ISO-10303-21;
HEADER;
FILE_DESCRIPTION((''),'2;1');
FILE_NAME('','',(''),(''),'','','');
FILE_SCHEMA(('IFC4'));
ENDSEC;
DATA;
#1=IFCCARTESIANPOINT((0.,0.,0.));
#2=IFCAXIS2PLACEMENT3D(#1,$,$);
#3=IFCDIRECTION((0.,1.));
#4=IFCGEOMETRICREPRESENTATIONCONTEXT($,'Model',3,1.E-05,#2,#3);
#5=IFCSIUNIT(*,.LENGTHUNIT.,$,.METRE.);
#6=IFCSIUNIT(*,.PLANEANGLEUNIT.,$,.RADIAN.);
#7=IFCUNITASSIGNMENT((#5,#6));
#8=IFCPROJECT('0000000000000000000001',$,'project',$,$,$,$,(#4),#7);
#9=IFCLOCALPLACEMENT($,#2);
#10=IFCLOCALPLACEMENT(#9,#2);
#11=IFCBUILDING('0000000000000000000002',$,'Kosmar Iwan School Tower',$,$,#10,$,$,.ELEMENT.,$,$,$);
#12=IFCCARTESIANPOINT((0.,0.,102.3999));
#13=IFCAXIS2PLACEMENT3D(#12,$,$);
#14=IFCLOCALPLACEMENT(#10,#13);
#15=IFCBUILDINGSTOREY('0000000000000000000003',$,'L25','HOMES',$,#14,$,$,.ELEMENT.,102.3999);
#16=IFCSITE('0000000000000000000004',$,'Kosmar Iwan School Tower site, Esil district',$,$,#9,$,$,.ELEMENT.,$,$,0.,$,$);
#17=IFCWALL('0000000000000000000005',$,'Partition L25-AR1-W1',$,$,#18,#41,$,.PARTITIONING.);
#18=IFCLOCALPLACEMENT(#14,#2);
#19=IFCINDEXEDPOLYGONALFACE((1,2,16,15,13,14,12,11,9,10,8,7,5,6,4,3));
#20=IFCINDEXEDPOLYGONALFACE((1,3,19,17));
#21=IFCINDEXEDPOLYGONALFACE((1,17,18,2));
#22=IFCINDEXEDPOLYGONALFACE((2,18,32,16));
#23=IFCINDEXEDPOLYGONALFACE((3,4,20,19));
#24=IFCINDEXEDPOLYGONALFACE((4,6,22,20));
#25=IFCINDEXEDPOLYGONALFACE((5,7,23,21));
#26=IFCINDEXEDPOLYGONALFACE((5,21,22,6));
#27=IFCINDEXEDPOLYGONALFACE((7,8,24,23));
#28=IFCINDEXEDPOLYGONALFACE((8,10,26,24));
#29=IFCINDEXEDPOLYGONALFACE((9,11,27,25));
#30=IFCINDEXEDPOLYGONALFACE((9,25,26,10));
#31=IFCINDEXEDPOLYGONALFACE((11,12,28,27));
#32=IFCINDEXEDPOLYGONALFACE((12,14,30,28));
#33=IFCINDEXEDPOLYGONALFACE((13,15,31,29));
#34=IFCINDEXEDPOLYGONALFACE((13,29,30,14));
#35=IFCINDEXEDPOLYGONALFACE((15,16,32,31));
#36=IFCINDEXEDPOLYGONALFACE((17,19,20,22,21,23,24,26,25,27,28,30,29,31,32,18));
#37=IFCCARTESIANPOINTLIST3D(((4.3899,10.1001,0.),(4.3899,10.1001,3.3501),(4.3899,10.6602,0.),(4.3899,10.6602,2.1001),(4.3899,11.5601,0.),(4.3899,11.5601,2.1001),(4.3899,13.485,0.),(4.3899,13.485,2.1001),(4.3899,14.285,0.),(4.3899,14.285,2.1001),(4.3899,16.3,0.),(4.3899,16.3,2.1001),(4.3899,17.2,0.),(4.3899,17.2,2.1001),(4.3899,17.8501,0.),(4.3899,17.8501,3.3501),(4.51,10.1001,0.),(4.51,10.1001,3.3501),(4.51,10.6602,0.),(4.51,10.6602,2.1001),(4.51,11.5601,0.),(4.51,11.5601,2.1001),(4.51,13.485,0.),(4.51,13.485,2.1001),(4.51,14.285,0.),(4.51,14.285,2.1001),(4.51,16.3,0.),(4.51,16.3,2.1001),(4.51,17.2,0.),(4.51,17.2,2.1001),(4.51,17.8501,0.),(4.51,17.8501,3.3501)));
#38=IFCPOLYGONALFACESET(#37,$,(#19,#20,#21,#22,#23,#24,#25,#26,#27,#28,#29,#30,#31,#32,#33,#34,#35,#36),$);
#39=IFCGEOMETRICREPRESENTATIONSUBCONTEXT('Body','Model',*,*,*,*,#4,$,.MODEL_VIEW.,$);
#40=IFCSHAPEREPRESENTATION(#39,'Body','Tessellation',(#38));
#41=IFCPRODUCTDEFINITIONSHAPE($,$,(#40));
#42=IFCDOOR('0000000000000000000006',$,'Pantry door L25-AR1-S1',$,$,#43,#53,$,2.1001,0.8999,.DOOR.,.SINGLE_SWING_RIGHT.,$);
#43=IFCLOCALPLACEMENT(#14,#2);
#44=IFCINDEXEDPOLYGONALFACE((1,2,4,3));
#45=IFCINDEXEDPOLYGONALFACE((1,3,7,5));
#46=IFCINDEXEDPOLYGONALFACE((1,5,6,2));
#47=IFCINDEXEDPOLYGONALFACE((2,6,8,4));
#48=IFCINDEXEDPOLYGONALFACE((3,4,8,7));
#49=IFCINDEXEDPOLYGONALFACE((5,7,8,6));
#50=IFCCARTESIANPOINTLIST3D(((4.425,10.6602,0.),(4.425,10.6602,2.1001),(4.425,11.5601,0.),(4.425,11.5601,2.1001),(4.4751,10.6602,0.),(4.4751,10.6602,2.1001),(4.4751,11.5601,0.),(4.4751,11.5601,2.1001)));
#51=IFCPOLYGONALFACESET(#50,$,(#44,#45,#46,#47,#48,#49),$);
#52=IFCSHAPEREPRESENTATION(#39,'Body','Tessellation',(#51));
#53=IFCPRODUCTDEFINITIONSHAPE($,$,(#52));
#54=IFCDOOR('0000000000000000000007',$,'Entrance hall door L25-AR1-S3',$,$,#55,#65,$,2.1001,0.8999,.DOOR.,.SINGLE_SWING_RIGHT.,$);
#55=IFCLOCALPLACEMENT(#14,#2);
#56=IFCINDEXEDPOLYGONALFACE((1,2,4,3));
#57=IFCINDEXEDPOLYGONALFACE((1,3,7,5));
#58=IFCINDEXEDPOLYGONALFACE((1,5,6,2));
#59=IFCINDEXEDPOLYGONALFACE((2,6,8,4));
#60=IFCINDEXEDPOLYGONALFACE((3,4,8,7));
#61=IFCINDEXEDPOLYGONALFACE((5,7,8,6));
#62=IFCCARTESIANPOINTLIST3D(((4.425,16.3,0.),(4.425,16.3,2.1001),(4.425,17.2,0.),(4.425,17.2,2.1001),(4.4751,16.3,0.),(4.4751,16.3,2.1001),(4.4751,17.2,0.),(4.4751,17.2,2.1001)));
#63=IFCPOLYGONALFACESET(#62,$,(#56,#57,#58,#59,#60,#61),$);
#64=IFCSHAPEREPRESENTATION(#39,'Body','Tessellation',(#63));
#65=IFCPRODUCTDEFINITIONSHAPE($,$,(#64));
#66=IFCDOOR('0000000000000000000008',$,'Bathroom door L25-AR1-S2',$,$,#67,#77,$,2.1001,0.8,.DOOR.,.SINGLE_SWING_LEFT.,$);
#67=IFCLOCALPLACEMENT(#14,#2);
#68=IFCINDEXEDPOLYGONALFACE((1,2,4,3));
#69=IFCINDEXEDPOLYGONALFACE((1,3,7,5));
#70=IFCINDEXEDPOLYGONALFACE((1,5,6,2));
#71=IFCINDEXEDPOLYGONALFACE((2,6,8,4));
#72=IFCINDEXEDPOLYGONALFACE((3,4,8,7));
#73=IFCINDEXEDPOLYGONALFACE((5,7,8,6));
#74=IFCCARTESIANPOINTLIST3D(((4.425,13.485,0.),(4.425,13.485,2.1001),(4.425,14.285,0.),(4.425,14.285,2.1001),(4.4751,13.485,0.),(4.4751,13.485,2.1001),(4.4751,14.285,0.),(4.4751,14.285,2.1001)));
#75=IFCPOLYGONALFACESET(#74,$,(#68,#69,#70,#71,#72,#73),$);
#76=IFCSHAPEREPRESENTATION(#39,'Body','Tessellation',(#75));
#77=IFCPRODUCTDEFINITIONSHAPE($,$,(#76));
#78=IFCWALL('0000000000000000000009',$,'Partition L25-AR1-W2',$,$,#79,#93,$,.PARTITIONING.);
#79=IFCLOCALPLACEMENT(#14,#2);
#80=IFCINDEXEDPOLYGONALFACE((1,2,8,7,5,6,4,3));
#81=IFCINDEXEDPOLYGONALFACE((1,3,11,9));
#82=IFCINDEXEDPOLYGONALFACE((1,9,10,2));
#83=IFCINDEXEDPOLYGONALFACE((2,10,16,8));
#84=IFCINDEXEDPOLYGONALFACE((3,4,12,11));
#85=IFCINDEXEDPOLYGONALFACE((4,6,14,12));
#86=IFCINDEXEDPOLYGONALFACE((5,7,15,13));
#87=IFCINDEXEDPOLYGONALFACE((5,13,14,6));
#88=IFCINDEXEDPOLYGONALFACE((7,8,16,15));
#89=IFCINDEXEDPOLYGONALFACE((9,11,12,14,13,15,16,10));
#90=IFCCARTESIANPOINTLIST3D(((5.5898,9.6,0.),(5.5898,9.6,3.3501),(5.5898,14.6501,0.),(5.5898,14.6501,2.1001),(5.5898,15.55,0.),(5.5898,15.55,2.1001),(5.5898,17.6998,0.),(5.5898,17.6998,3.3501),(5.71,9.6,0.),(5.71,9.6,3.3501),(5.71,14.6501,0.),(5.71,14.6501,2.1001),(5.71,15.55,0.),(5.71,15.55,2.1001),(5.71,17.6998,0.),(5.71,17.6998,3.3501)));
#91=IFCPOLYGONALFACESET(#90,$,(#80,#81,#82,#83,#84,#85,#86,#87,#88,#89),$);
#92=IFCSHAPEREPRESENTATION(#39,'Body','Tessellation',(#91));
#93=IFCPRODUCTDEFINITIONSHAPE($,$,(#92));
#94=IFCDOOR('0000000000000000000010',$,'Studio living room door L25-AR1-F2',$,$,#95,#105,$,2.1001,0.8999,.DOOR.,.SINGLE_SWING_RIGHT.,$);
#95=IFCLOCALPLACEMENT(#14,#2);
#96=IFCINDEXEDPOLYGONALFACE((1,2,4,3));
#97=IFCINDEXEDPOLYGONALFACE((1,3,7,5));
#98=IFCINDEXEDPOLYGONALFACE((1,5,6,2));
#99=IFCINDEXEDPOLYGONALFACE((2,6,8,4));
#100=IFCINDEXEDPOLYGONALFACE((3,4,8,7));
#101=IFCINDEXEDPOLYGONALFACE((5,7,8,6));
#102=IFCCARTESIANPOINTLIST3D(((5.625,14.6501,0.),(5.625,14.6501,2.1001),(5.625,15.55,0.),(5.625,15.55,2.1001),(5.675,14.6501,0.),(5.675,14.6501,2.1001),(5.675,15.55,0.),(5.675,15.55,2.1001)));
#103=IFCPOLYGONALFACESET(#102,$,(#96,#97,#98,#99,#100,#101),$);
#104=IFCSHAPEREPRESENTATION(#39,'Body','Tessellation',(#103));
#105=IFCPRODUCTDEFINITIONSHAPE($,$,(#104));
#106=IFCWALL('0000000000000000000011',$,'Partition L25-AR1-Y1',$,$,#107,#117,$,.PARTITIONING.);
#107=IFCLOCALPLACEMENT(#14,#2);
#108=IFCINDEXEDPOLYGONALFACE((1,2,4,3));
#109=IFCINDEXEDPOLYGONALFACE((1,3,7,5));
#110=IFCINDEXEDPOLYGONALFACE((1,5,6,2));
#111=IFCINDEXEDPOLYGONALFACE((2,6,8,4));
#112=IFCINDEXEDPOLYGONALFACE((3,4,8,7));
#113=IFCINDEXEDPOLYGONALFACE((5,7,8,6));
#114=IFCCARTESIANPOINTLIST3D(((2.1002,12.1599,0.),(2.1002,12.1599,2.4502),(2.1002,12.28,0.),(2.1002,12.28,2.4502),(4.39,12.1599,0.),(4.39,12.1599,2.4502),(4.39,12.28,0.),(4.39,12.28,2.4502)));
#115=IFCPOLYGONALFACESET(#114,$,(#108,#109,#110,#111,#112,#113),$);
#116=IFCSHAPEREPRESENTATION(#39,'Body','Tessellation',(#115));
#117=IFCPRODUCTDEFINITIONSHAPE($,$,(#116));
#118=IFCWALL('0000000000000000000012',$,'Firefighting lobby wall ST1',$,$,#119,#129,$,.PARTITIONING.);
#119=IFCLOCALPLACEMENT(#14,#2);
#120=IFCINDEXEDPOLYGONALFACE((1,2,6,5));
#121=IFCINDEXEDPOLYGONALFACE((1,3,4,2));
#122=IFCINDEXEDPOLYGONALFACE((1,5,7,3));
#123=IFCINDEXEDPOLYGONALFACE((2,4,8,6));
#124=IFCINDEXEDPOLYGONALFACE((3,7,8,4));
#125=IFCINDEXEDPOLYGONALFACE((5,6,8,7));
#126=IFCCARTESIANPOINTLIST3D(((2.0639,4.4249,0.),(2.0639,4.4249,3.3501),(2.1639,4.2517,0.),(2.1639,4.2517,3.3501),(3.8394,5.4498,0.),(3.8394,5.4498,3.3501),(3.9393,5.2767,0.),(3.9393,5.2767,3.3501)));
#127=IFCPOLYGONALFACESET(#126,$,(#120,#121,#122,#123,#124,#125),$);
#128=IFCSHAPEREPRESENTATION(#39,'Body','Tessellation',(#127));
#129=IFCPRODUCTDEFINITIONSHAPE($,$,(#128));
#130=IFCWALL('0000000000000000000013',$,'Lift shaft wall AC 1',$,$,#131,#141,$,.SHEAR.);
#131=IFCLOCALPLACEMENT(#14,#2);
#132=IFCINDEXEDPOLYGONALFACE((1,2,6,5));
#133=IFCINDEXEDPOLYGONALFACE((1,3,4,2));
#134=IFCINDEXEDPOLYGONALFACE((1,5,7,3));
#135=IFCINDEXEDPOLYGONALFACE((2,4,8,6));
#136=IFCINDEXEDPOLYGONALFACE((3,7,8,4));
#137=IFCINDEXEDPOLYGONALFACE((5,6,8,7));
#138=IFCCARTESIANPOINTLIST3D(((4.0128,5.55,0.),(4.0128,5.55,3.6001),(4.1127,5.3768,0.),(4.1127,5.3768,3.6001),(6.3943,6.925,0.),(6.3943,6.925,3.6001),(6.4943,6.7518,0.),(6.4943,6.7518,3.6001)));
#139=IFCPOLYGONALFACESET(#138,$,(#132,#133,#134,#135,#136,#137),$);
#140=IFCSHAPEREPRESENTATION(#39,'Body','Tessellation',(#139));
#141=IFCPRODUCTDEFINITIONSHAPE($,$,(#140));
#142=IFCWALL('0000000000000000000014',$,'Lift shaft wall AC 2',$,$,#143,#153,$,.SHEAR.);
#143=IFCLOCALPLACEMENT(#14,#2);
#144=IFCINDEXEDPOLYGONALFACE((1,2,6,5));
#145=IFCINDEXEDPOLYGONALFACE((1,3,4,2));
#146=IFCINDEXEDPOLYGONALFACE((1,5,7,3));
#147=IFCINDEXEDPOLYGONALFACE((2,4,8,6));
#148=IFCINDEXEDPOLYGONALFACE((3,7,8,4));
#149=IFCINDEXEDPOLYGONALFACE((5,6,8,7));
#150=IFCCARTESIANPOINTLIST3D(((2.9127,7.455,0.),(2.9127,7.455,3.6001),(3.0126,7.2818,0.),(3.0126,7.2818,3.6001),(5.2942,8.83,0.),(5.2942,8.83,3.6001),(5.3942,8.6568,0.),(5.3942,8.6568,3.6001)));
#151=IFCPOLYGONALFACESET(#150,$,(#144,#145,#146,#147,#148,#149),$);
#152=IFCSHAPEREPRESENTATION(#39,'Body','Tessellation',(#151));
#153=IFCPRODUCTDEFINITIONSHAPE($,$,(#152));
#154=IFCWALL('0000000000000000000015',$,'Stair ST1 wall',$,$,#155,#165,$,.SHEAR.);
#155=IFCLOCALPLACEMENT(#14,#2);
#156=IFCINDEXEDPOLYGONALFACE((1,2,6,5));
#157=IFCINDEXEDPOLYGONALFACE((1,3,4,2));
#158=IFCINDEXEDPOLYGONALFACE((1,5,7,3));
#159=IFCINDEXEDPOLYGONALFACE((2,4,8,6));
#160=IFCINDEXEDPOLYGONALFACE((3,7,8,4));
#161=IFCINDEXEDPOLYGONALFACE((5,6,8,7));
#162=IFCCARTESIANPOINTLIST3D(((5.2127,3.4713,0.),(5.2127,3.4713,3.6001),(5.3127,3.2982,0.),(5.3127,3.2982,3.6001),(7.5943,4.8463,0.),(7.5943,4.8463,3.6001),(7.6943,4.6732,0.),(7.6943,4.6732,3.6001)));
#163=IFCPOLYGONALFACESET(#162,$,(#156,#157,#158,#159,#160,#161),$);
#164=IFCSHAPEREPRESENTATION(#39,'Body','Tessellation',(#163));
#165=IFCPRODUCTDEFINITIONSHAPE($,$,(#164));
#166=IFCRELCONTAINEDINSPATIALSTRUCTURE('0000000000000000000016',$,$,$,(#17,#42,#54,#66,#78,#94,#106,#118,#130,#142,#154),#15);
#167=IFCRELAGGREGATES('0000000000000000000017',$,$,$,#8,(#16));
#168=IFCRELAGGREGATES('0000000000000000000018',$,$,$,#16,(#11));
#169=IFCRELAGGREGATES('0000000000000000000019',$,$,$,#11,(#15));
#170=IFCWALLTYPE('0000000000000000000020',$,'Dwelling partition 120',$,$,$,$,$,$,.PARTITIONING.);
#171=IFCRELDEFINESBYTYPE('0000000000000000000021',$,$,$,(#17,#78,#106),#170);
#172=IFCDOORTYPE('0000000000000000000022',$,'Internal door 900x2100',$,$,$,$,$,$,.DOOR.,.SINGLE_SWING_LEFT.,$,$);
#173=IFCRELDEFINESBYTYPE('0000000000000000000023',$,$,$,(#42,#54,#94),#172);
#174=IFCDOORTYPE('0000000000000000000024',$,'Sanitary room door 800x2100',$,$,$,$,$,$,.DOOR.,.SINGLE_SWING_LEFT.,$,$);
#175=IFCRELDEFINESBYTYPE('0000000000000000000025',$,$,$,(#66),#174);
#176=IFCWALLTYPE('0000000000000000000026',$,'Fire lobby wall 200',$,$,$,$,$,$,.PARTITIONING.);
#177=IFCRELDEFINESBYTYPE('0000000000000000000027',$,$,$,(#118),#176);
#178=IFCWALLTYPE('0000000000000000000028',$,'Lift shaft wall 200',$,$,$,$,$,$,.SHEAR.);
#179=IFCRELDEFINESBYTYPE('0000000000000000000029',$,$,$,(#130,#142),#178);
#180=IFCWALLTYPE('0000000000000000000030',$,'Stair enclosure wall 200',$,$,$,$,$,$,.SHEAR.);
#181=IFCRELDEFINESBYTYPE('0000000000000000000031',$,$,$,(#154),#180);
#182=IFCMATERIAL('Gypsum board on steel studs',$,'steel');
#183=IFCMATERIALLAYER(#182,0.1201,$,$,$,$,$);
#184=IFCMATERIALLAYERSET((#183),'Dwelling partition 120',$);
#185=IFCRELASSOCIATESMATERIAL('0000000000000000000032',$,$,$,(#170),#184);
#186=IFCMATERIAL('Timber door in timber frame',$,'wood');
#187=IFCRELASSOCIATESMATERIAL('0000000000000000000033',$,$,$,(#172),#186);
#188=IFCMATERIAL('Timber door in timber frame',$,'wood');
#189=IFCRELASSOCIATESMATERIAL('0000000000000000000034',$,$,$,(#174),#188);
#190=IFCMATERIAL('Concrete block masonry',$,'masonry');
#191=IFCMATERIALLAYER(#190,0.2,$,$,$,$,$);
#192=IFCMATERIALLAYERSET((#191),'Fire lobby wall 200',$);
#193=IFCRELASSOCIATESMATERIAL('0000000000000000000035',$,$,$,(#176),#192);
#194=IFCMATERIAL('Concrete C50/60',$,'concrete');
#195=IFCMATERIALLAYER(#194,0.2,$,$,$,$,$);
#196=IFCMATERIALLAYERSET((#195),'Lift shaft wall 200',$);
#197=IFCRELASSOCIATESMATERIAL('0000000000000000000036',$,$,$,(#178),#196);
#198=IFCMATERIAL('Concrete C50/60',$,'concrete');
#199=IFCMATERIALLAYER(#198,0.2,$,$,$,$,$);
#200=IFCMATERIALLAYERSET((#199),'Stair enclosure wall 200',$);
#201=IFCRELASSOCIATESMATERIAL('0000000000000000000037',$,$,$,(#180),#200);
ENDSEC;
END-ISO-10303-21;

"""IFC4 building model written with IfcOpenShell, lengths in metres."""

from ifc_helpers import new_model, si_unit, direction, frame, frame_2d, origin, place, context, subcontext, project, spatial, rectangle, extrude, material, layer, layer_set, type_object, element, fill, save


model = new_model("IFC4")

# Units and contexts
model_context = context("Model", 3, precision=1e-05, world=origin(), true_north=direction((0.0, 1.0)))
body_context = subcontext(model_context, "Body", "Model", "MODEL_VIEW")
ifc_project = project(units=[si_unit("LENGTHUNIT", "METRE"), si_unit("PLANEANGLEUNIT", "RADIAN")], contexts=[model_context])

# Site, building, storey
site_placement = place(None, origin())
site = spatial("IfcSite", under=ifc_project, at=site_placement, Name="Kosmar Iwan School Tower site, Esil district", CompositionType="ELEMENT", RefElevation=0.0)
building_placement = place(site_placement, origin())
building = spatial("IfcBuilding", under=site, at=building_placement, Name="Kosmar Iwan School Tower", CompositionType="ELEMENT")
storey_placement = place(building_placement, frame((0.0, 0.0, 102.3999)))
storey = spatial("IfcBuildingStorey", under=building, at=storey_placement, Name="L25", Description="HOMES", CompositionType="ELEMENT", Elevation=102.3999)

# Wall, openings, doors
ifc_material_1 = material(Name="Gypsum board on steel studs", Category="steel")
ifc_layer_1 = layer(ifc_material_1, 0.1201)
ifc_layer_set_1 = layer_set([ifc_layer_1], Name="Dwelling partition 120")
wall_type_1 = type_object("IfcWallType", Name="Dwelling partition 120", PredefinedType="PARTITIONING", material=ifc_layer_set_1)
wall_1_placement = place(storey_placement, frame((4.45, 10.1001, 0.0), z_axis=(0.0, 0.0, 1.0), x_axis=(0.0, 1.0, 0.0)))
wall_1 = element("IfcWall", 1, at=wall_1_placement, inside=storey, type_object=wall_type_1, Name="Partition L25-AR1-W1", PredefinedType="PARTITIONING", context=body_context, shape_type="SweptSolid", body=[
    extrude(rectangle(XDim=7.75, YDim=0.1201, at=frame_2d((3.875, 0.0))), origin(), (0.0, 0.0, 1.0), 3.3501),
])
opening_1_placement = place(wall_1_placement, frame((0.5601, 0.0, 0.0)))
opening_1 = element("IfcOpeningElement", 2, at=opening_1_placement, cuts=wall_1, PredefinedType="OPENING", context=body_context, shape_type="SweptSolid", body=[
    extrude(rectangle(XDim=0.8999, YDim=2.1001, at=frame_2d((0.45, 1.05))), frame((0.0, 0.072, 0.0), z_axis=(0.0, -1.0, 0.0), x_axis=(1.0, 0.0, 0.0)), (0.0, 0.0, 1.0), 0.144),
])
opening_2_placement = place(wall_1_placement, frame((3.385, 0.0, 0.0)))
opening_2 = element("IfcOpeningElement", 3, at=opening_2_placement, cuts=wall_1, PredefinedType="OPENING", context=body_context, shape_type="SweptSolid", body=[
    extrude(rectangle(XDim=0.8, YDim=2.1001, at=frame_2d((0.3999, 1.05))), frame((0.0, 0.072, 0.0), z_axis=(0.0, -1.0, 0.0), x_axis=(1.0, 0.0, 0.0)), (0.0, 0.0, 1.0), 0.144),
])
opening_3_placement = place(wall_1_placement, frame((6.2, 0.0, 0.0)))
opening_3 = element("IfcOpeningElement", 4, at=opening_3_placement, cuts=wall_1, PredefinedType="OPENING", context=body_context, shape_type="SweptSolid", body=[
    extrude(rectangle(XDim=0.8999, YDim=2.1001, at=frame_2d((0.45, 1.05))), frame((0.0, 0.072, 0.0), z_axis=(0.0, -1.0, 0.0), x_axis=(1.0, 0.0, 0.0)), (0.0, 0.0, 1.0), 0.144),
])
ifc_material_2 = material(Name="Timber door in timber frame", Category="wood")
door_type_1 = type_object("IfcDoorType", Name="Internal door 900x2100", OperationType="SINGLE_SWING_LEFT", PredefinedType="DOOR", material=ifc_material_2)
door_1_placement = place(opening_1_placement, origin())
door_1 = element("IfcDoor", 5, at=door_1_placement, inside=storey, type_object=door_type_1, Name="Pantry door L25-AR1-S1", OperationType="SINGLE_SWING_RIGHT", OverallHeight=2.1001, OverallWidth=0.8999, PredefinedType="DOOR", context=body_context, shape_type="SweptSolid", body=[
    extrude(rectangle(XDim=0.8999, YDim=2.1001, at=frame_2d((0.45, 1.05))), frame((0.0, 0.0249, 0.0), z_axis=(0.0, -1.0, 0.0), x_axis=(1.0, 0.0, 0.0)), (0.0, 0.0, 1.0), 0.05),
])
fill(opening_1, door_1)
door_2_placement = place(opening_3_placement, origin())
door_2 = element("IfcDoor", 6, at=door_2_placement, inside=storey, type_object=door_type_1, Name="Entrance hall door L25-AR1-S3", OperationType="SINGLE_SWING_RIGHT", OverallHeight=2.1001, OverallWidth=0.8999, PredefinedType="DOOR", context=body_context, shape_type="SweptSolid", body=[
    extrude(rectangle(XDim=0.8999, YDim=2.1001, at=frame_2d((0.45, 1.05))), frame((0.0, 0.0249, 0.0), z_axis=(0.0, -1.0, 0.0), x_axis=(1.0, 0.0, 0.0)), (0.0, 0.0, 1.0), 0.05),
])
fill(opening_3, door_2)
ifc_material_3 = material(Name="Timber door in timber frame", Category="wood")
door_type_2 = type_object("IfcDoorType", Name="Sanitary room door 800x2100", OperationType="SINGLE_SWING_LEFT", PredefinedType="DOOR", material=ifc_material_3)
door_3_placement = place(opening_2_placement, origin())
door_3 = element("IfcDoor", 7, at=door_3_placement, inside=storey, type_object=door_type_2, Name="Bathroom door L25-AR1-S2", OperationType="SINGLE_SWING_LEFT", OverallHeight=2.1001, OverallWidth=0.8, PredefinedType="DOOR", context=body_context, shape_type="SweptSolid", body=[
    extrude(rectangle(XDim=0.8, YDim=2.1001, at=frame_2d((0.3999, 1.05))), frame((0.0, 0.0249, 0.0), z_axis=(0.0, -1.0, 0.0), x_axis=(1.0, 0.0, 0.0)), (0.0, 0.0, 1.0), 0.05),
])
fill(opening_2, door_3)

# Wall, opening, door
wall_2_placement = place(storey_placement, frame((5.6499, 9.6001, 0.0), z_axis=(0.0, 0.0, 1.0), x_axis=(0.0, 1.0, 0.0)))
wall_2 = element("IfcWall", 8, at=wall_2_placement, inside=storey, type_object=wall_type_1, Name="Partition L25-AR1-W2", PredefinedType="PARTITIONING", context=body_context, shape_type="SweptSolid", body=[
    extrude(rectangle(XDim=8.0999, YDim=0.1201, at=frame_2d((4.0498, 0.0))), origin(), (0.0, 0.0, 1.0), 3.3501),
])
opening_4_placement = place(wall_2_placement, frame((5.05, 0.0, 0.0)))
opening_4 = element("IfcOpeningElement", 9, at=opening_4_placement, cuts=wall_2, PredefinedType="OPENING", context=body_context, shape_type="SweptSolid", body=[
    extrude(rectangle(XDim=0.8999, YDim=2.1001, at=frame_2d((0.45, 1.05))), frame((0.0, 0.072, 0.0), z_axis=(0.0, -1.0, 0.0), x_axis=(1.0, 0.0, 0.0)), (0.0, 0.0, 1.0), 0.144),
])
door_4_placement = place(opening_4_placement, origin())
door_4 = element("IfcDoor", 10, at=door_4_placement, inside=storey, type_object=door_type_1, Name="Studio living room door L25-AR1-F2", OperationType="SINGLE_SWING_RIGHT", OverallHeight=2.1001, OverallWidth=0.8999, PredefinedType="DOOR", context=body_context, shape_type="SweptSolid", body=[
    extrude(rectangle(XDim=0.8999, YDim=2.1001, at=frame_2d((0.45, 1.05))), frame((0.0, 0.0249, 0.0), z_axis=(0.0, -1.0, 0.0), x_axis=(1.0, 0.0, 0.0)), (0.0, 0.0, 1.0), 0.05),
])
fill(opening_4, door_4)

# Walls
wall_3_placement = place(storey_placement, frame((2.1001, 12.22, 0.0), z_axis=(0.0, 0.0, 1.0), x_axis=(1.0, 0.0, 0.0)))
element("IfcWall", 11, at=wall_3_placement, inside=storey, type_object=wall_type_1, Name="Partition L25-AR1-Y1", PredefinedType="PARTITIONING", context=body_context, shape_type="SweptSolid", body=[
    extrude(rectangle(XDim=2.2898, YDim=0.1201, at=frame_2d((1.145, 0.0))), origin(), (0.0, 0.0, 1.0), 2.4502),
])
ifc_material_4 = material(Name="Concrete block masonry", Category="masonry")
ifc_layer_2 = layer(ifc_material_4, 0.2)
ifc_layer_set_2 = layer_set([ifc_layer_2], Name="Fire lobby wall 200")
wall_type_2 = type_object("IfcWallType", Name="Fire lobby wall 200", PredefinedType="PARTITIONING", material=ifc_layer_set_2)
wall_4_placement = place(storey_placement, frame((2.114, 4.3384, 0.0), z_axis=(0.0, 0.0, 1.0), x_axis=(0.866051, 0.499956, 0.0)))
element("IfcWall", 12, at=wall_4_placement, inside=storey, type_object=wall_type_2, Name="Firefighting lobby wall ST1", PredefinedType="PARTITIONING", context=body_context, shape_type="SweptSolid", body=[
    extrude(rectangle(XDim=2.05, YDim=0.2, at=frame_2d((1.0249, 0.0))), origin(), (0.0, 0.0, 1.0), 3.3501),
])
ifc_material_5 = material(Name="Concrete C50/60", Category="concrete")
ifc_layer_3 = layer(ifc_material_5, 0.2)
ifc_layer_set_3 = layer_set([ifc_layer_3], Name="Lift shaft wall 200")
wall_type_3 = type_object("IfcWallType", Name="Lift shaft wall 200", PredefinedType="SHEAR", material=ifc_layer_set_3)
for number, where, z_axis, x_axis, name in (
    (13, (4.0627, 5.4634, 0.0), (0.0, 0.0, 1.0), (0.866027, 0.499997, 0.0), "Lift shaft wall AC 1"),
    (14, (2.9626, 7.3684, 0.0), (0.0, 0.0, 1.0), (0.866027, 0.499997, 0.0), "Lift shaft wall AC 2"),
):
    element("IfcWall", number, at=place(storey_placement, frame(where, z_axis=z_axis, x_axis=x_axis)), inside=storey, type_object=wall_type_3, Name=name, PredefinedType="SHEAR", context=body_context, shape_type="SweptSolid", body=[
        extrude(rectangle(XDim=2.75, YDim=0.2, at=frame_2d((1.375, 0.0))), origin(), (0.0, 0.0, 1.0), 3.6001),
    ])
ifc_material_6 = material(Name="Concrete C50/60", Category="concrete")
ifc_layer_4 = layer(ifc_material_6, 0.2)
ifc_layer_set_4 = layer_set([ifc_layer_4], Name="Stair enclosure wall 200")
wall_type_4 = type_object("IfcWallType", Name="Stair enclosure wall 200", PredefinedType="SHEAR", material=ifc_layer_set_4)
wall_5_placement = place(storey_placement, frame((5.2627, 3.3848, 0.0), z_axis=(0.0, 0.0, 1.0), x_axis=(0.866027, 0.499997, 0.0)))
element("IfcWall", 15, at=wall_5_placement, inside=storey, type_object=wall_type_4, Name="Stair ST1 wall", PredefinedType="SHEAR", context=body_context, shape_type="SweptSolid", body=[
    extrude(rectangle(XDim=2.75, YDim=0.2, at=frame_2d((1.375, 0.0))), origin(), (0.0, 0.0, 1.0), 3.6001),
])

save(model, "model.ifc")
